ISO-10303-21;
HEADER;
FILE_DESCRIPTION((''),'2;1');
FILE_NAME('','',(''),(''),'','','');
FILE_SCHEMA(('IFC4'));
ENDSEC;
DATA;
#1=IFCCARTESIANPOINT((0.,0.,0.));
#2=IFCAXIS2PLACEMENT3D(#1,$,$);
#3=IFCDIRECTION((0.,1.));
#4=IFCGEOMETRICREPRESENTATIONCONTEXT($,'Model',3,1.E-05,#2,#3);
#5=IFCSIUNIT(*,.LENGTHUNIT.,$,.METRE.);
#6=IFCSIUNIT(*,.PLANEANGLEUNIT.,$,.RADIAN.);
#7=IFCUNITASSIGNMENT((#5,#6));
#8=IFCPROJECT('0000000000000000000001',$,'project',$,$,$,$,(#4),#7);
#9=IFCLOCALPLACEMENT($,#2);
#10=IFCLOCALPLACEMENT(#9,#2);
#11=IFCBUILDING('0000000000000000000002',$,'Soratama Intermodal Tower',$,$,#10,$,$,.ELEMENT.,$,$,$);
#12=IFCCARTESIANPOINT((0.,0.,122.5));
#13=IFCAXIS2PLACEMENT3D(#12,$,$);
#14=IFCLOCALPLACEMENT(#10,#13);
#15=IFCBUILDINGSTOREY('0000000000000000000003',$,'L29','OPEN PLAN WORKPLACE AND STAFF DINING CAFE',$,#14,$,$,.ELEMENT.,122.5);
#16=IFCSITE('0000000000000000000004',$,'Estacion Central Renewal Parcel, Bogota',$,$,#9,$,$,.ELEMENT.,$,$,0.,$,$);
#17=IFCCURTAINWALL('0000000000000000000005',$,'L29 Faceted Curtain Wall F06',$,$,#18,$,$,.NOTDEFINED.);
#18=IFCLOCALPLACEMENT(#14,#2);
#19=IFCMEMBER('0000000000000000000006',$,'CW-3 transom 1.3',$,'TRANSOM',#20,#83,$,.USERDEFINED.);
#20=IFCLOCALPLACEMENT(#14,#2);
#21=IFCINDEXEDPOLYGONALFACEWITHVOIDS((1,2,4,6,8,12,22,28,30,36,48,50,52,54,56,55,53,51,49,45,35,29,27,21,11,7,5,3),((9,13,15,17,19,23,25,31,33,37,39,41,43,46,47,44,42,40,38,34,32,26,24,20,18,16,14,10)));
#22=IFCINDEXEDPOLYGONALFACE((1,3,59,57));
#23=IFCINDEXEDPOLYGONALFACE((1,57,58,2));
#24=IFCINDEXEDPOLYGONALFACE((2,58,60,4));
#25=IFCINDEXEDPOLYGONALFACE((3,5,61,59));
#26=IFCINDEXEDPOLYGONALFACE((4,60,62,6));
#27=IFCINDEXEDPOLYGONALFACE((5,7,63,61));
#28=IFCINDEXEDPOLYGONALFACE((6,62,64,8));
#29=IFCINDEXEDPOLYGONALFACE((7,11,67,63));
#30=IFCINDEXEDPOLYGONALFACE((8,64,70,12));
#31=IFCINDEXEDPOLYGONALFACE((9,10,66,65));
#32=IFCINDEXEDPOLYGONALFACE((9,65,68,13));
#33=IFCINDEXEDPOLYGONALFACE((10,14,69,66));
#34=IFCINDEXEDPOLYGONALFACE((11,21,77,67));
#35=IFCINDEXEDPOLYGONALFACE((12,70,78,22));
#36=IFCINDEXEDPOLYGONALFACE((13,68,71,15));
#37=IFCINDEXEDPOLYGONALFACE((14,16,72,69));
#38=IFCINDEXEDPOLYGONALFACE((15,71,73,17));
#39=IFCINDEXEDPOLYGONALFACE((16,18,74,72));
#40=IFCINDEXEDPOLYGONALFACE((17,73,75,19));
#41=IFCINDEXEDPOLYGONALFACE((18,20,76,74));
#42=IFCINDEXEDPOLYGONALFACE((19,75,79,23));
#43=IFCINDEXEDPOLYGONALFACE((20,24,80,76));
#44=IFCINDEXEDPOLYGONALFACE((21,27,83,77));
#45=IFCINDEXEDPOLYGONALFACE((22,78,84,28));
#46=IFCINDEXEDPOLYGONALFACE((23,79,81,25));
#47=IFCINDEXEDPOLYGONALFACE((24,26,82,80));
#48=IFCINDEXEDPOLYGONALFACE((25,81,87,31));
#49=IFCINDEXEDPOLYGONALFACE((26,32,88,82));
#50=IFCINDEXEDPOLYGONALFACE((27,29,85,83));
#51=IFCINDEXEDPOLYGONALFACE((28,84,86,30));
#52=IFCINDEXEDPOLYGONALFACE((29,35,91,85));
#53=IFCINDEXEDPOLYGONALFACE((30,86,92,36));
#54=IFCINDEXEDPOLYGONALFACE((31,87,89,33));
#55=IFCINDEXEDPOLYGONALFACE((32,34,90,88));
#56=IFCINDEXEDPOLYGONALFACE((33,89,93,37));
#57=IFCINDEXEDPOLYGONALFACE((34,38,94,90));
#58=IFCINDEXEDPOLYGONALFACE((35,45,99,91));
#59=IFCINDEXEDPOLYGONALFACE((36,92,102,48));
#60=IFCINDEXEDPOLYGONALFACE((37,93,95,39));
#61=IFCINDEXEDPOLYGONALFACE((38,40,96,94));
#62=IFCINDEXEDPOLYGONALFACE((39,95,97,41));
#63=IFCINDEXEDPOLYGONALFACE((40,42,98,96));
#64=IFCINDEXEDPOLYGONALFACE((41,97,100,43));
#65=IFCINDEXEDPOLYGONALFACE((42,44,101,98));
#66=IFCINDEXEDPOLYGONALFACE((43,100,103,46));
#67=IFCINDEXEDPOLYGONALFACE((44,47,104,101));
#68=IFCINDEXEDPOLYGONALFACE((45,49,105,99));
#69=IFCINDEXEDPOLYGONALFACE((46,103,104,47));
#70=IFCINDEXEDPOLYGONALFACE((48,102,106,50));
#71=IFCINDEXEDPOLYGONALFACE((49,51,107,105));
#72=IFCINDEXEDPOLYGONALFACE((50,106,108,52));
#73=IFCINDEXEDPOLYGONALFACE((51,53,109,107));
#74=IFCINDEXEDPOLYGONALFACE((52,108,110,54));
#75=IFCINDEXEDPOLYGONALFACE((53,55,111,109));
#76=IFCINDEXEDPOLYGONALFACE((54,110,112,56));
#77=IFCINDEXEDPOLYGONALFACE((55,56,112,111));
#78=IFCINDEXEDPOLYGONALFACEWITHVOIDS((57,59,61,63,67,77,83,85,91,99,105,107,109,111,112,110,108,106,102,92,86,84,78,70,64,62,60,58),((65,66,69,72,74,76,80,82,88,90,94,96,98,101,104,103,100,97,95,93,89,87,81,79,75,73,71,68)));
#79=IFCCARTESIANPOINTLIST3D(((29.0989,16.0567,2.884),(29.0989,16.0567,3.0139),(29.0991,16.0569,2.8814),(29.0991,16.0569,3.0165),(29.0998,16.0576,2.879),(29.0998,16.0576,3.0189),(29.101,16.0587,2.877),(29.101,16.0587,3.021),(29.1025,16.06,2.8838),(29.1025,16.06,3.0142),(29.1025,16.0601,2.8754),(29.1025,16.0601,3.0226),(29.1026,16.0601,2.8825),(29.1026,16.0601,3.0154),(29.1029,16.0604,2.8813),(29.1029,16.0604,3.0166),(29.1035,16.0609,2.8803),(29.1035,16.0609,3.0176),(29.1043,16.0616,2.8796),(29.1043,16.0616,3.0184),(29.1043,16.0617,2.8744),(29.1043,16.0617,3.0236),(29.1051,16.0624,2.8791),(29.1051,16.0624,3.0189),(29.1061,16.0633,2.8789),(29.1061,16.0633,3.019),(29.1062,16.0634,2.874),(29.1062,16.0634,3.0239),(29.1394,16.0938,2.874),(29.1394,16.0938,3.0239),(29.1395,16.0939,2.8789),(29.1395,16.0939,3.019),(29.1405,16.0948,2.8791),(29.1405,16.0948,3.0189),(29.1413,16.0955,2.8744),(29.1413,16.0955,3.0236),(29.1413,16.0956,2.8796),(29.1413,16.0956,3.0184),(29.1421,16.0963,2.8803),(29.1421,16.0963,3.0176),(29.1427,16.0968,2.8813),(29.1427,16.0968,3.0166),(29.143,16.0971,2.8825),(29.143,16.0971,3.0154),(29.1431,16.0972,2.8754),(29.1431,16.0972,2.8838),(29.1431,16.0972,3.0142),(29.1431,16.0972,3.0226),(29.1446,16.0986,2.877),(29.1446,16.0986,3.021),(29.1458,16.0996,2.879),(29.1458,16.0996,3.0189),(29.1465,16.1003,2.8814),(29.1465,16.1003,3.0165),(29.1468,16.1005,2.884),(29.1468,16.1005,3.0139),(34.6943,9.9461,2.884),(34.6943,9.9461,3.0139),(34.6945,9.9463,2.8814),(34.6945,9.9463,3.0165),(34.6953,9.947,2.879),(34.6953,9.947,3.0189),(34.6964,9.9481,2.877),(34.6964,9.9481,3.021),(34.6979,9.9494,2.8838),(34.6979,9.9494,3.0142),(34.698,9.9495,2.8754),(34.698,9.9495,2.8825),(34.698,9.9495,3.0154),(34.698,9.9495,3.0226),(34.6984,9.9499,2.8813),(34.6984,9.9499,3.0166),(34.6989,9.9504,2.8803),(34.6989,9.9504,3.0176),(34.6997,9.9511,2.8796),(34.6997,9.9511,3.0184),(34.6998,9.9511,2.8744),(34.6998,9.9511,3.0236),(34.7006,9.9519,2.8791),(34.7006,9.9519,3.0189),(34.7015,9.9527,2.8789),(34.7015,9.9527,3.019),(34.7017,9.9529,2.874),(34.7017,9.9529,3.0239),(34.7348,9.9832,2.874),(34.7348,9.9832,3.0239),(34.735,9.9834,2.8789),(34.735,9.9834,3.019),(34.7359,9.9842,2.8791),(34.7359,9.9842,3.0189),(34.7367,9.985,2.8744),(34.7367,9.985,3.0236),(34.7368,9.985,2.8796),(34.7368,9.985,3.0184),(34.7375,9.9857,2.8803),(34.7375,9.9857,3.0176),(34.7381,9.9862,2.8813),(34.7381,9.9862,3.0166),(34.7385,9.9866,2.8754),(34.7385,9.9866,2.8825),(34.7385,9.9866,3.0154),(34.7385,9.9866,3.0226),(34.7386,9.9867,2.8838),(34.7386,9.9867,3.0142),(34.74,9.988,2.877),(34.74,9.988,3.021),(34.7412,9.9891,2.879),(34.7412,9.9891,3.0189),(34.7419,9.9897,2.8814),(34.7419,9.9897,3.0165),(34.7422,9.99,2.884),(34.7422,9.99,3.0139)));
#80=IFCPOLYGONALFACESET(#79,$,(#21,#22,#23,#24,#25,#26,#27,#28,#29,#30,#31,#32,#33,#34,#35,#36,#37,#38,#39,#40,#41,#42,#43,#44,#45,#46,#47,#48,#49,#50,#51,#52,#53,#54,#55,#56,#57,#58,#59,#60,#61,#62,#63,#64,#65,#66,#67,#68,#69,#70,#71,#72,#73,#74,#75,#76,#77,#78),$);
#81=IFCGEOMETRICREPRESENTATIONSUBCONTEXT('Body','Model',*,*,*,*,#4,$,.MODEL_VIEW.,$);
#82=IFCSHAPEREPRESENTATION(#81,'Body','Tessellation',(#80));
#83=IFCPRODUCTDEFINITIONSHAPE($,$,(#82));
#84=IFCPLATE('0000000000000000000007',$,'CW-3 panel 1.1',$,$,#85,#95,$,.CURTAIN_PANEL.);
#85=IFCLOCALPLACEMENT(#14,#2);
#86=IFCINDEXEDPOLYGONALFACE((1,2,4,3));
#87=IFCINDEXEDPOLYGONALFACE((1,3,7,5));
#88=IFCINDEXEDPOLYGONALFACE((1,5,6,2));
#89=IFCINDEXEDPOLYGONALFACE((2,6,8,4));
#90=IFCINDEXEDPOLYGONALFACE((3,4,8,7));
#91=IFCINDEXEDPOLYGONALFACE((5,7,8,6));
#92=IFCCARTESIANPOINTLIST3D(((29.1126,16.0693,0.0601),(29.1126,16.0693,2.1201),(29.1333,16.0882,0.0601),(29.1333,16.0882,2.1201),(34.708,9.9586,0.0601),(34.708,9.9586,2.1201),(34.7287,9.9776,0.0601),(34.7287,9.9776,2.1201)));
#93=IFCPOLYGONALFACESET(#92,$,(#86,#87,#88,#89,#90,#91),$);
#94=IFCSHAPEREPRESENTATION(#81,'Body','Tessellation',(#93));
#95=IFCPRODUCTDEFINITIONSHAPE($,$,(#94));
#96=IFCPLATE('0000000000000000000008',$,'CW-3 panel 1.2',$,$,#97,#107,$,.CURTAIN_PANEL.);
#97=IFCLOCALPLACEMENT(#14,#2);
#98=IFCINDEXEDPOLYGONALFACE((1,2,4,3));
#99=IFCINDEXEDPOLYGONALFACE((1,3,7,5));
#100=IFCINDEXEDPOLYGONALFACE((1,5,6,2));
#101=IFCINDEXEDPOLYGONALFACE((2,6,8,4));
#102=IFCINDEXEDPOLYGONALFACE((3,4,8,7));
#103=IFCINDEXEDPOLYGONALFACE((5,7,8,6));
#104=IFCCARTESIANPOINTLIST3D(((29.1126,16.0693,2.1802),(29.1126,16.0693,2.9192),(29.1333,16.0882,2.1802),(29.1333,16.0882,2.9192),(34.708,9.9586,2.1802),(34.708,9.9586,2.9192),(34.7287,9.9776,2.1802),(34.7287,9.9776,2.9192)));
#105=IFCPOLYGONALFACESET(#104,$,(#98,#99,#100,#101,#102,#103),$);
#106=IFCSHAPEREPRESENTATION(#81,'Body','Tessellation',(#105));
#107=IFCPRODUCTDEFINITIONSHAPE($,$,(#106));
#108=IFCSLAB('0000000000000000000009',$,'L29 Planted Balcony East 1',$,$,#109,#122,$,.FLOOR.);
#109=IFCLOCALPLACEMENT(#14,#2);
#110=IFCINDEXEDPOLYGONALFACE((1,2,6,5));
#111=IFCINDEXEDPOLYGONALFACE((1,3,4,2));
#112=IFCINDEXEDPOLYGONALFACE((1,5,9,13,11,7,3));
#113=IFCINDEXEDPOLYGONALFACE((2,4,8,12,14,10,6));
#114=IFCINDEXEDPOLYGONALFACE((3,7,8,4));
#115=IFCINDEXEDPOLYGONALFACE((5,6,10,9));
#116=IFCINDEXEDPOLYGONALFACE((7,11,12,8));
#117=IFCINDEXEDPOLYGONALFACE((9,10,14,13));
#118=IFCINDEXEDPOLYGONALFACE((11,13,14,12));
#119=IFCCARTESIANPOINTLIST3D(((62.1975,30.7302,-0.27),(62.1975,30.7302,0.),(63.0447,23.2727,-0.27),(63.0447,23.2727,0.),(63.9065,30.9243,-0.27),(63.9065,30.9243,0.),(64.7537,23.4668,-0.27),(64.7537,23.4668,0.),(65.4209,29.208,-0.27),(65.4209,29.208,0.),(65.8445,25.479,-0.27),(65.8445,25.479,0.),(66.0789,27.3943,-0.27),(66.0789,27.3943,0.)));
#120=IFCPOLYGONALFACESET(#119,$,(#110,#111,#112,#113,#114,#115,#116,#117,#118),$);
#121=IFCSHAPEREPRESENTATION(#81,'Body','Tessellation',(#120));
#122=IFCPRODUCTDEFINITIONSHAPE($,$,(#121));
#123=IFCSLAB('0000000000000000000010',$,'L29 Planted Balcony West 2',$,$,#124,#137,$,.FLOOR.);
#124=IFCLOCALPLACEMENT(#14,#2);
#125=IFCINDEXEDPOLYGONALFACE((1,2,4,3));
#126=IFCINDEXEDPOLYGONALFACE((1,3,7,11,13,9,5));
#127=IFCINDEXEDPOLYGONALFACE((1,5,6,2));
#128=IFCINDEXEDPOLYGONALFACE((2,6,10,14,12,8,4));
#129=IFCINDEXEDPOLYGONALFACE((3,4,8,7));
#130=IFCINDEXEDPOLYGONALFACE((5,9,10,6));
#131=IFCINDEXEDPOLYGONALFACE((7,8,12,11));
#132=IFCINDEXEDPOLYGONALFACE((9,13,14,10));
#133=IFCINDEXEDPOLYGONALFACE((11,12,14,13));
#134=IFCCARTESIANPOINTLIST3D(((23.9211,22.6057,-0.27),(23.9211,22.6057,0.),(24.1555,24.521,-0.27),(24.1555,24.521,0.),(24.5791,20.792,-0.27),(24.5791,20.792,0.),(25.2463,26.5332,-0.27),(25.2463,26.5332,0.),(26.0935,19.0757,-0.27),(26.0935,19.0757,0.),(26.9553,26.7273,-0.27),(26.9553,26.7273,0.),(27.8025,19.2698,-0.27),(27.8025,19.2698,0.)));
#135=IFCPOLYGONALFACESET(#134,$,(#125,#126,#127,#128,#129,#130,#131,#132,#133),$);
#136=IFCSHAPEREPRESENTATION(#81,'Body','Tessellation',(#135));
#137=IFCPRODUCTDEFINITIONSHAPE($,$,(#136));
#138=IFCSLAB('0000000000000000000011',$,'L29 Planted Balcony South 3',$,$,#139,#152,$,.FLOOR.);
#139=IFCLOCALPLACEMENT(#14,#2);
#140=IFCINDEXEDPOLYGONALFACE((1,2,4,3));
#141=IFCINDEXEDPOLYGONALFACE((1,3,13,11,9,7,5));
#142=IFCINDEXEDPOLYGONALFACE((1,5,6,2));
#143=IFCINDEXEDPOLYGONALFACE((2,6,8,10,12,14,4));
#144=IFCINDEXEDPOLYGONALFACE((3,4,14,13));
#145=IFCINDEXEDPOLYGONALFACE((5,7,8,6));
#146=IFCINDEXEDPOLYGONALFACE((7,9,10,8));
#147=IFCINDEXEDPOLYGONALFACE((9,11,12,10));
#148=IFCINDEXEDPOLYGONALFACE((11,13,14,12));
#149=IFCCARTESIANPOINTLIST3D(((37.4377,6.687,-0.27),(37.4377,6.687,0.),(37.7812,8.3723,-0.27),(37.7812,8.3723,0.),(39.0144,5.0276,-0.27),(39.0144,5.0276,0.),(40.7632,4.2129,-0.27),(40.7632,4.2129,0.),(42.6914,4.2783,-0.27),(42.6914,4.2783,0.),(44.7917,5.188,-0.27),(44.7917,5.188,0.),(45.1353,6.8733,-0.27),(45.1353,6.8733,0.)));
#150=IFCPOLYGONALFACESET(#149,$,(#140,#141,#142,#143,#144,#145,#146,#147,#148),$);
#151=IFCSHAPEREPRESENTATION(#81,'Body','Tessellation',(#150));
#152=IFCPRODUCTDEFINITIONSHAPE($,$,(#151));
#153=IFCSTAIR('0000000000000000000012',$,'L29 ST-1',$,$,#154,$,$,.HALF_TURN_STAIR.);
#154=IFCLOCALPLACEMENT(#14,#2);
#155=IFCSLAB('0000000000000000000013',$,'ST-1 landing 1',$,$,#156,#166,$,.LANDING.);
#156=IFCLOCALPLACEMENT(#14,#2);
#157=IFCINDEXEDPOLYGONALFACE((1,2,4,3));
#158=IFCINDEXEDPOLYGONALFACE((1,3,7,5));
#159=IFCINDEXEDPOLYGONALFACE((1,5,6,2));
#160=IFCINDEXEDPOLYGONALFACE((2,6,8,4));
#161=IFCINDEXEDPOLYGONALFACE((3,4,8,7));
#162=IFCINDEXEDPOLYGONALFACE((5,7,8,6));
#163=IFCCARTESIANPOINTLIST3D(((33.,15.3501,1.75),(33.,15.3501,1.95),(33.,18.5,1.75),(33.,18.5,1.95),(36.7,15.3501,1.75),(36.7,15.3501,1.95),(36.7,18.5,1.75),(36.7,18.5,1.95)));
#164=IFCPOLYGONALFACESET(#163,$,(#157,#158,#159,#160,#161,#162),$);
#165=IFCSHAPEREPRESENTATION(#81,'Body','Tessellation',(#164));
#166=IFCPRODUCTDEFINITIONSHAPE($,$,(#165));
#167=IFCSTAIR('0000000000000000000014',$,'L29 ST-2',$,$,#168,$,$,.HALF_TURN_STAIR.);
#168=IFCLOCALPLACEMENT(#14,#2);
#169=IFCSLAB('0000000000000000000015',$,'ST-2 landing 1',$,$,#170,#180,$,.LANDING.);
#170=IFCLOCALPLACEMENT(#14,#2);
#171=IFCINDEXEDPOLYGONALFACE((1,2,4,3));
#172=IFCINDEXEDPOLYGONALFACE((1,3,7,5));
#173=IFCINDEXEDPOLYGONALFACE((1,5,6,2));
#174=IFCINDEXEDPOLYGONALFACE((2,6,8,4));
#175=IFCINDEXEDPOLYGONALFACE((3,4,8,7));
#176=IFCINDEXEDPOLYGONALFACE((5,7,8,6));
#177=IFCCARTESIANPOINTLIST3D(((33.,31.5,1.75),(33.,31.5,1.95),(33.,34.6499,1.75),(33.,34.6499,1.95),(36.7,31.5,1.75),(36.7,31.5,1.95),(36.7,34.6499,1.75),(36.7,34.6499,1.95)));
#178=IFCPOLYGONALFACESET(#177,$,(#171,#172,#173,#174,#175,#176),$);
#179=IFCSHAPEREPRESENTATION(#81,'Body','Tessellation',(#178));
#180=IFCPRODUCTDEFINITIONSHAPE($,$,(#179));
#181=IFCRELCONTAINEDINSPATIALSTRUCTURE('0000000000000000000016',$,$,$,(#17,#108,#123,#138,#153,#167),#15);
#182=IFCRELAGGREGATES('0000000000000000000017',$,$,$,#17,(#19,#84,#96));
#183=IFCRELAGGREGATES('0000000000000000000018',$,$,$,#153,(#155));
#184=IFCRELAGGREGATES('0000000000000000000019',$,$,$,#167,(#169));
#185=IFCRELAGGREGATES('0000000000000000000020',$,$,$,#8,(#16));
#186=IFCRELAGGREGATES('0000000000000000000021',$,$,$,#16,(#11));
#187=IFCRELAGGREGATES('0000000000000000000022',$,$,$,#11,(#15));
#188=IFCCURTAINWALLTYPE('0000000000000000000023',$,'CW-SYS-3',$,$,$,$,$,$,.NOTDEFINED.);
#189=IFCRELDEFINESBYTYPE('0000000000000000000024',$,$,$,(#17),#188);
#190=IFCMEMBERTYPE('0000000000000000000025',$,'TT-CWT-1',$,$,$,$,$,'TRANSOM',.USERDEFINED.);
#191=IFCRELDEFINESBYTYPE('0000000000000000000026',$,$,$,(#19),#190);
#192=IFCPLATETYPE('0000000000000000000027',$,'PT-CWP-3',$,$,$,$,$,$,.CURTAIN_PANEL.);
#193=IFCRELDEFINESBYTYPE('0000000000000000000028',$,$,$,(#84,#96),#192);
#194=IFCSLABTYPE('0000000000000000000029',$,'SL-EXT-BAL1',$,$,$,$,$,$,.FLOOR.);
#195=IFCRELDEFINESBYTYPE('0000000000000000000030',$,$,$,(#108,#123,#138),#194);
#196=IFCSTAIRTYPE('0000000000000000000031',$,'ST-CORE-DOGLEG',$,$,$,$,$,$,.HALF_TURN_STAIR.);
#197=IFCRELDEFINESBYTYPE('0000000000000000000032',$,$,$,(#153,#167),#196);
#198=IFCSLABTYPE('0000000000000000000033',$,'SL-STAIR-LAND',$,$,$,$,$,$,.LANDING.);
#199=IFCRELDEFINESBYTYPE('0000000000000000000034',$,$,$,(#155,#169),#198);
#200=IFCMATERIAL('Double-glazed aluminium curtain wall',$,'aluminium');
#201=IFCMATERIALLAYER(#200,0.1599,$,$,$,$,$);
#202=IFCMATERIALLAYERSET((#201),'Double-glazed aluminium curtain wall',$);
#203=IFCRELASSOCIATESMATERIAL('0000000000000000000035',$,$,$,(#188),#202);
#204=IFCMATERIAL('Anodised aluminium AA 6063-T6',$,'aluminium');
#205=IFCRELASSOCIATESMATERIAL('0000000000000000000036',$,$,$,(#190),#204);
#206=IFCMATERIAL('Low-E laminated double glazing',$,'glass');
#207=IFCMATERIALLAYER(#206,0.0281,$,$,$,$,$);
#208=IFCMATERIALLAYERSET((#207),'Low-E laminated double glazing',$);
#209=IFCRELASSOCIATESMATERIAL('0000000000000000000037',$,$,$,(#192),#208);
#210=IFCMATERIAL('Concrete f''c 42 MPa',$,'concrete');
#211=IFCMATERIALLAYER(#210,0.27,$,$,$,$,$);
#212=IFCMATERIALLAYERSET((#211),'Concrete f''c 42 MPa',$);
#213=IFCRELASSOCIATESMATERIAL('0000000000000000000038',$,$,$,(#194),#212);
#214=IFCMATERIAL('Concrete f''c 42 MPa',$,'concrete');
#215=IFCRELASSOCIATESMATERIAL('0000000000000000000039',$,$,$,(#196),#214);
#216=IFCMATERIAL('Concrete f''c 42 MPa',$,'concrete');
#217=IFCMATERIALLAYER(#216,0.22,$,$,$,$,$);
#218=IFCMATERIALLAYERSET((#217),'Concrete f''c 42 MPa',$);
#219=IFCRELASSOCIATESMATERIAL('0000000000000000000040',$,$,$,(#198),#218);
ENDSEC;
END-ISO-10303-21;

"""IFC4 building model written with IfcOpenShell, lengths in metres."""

from ifc_helpers import new_model, si_unit, direction, frame, origin, origin_2d, place, context, subcontext, project, spatial, polyline, rectangle, hollow_rectangle, outline, extrude, material, layer, layer_set, material_profile, profile_set, type_object, element, aggregate, save


model = new_model("IFC4")

# Units and contexts
model_context = context("Model", 3, precision=1e-05, world=origin(), true_north=direction((0.0, 1.0)))
body_context = subcontext(model_context, "Body", "Model", "MODEL_VIEW")
ifc_project = project(units=[si_unit("LENGTHUNIT", "METRE"), si_unit("PLANEANGLEUNIT", "RADIAN")], contexts=[model_context])

# Site, building, storey
site_placement = place(None, origin())
site = spatial("IfcSite", under=ifc_project, at=site_placement, Name="Estacion Central Renewal Parcel, Bogota", CompositionType="ELEMENT", RefElevation=0.0)
building_placement = place(site_placement, origin())
building = spatial("IfcBuilding", under=site, at=building_placement, Name="Soratama Intermodal Tower", CompositionType="ELEMENT")
storey_placement = place(building_placement, frame((0.0, 0.0, 122.5)))
storey = spatial("IfcBuildingStorey", under=building, at=storey_placement, Name="L29", Description="OPEN PLAN WORKPLACE AND STAFF DINING CAFE", CompositionType="ELEMENT", Elevation=122.5)

# Curtain wall, member, plates
ifc_material_1 = material(Name="Double-glazed aluminium curtain wall", Category="aluminium")
ifc_layer_1 = layer(ifc_material_1, 0.1599)
ifc_layer_set_1 = layer_set([ifc_layer_1], Name="Double-glazed aluminium curtain wall")
curtain_wall_type = type_object("IfcCurtainWallType", Name="CW-SYS-3", PredefinedType="NOTDEFINED", material=ifc_layer_set_1)
curtain_wall_placement = place(storey_placement, origin())
curtain_wall = element("IfcCurtainWall", 1, at=curtain_wall_placement, inside=storey, type_object=curtain_wall_type, Name="L29 Faceted Curtain Wall F06", PredefinedType="NOTDEFINED")
ifc_material_2 = material(Name="Anodised aluminium AA 6063-T6", Category="aluminium")
ifc_material_profile_1 = material_profile(ifc_material_2, hollow_rectangle(XDim=0.0649, YDim=0.1499, WallThickness=0.0049, InnerFilletRadius=0.0049, OuterFilletRadius=0.01, at=origin_2d()), Name="CWT150X65X5")
ifc_profile_set_1 = profile_set([ifc_material_profile_1], Name="Anodised aluminium AA 6063-T6")
member_type_1 = type_object("IfcMemberType", Name="TT-CWT-1", ElementType="TRANSOM", PredefinedType="USERDEFINED", material=ifc_profile_set_1)
member_1_placement = place(storey_placement, frame((29.1228, 16.0786, 2.949), z_axis=(0.675336, -0.73751, 0.0), x_axis=(0.73751, 0.675336, 0.0)))
member_1 = element("IfcMember", 2, at=member_1_placement, type_object=member_type_1, Name="CW-3 transom 1.3", ObjectType="TRANSOM", PredefinedType="USERDEFINED", context=body_context, shape_type="SweptSolid", body=[
    extrude(hollow_rectangle(XDim=0.0649, YDim=0.1499, WallThickness=0.0049, InnerFilletRadius=0.0049, OuterFilletRadius=0.01, at=origin_2d()), origin(), (0.0, 0.0, 1.0), 8.2854),
])
ifc_material_3 = material(Name="Low-E laminated double glazing", Category="glass")
ifc_layer_2 = layer(ifc_material_3, 0.0281)
ifc_layer_set_2 = layer_set([ifc_layer_2], Name="Low-E laminated double glazing")
plate_type = type_object("IfcPlateType", Name="PT-CWP-3", PredefinedType="CURTAIN_PANEL", material=ifc_layer_set_2)
plate_1_placement = place(storey_placement, frame((31.9207, 13.0234, 0.0601), z_axis=(0.0, 0.0, 1.0), x_axis=(0.67533, -0.737516, 0.0)))
plate_1 = element("IfcPlate", 3, at=plate_1_placement, type_object=plate_type, Name="CW-3 panel 1.1", PredefinedType="CURTAIN_PANEL", context=body_context, shape_type="SweptSolid", body=[
    extrude(rectangle(XDim=8.2854, YDim=0.0281, at=origin_2d()), origin(), (0.0, 0.0, 1.0), 2.0601),
])
plate_2_placement = place(storey_placement, frame((31.9207, 13.0234, 2.1802), z_axis=(0.0, 0.0, 1.0), x_axis=(0.67533, -0.737516, 0.0)))
plate_2 = element("IfcPlate", 4, at=plate_2_placement, type_object=plate_type, Name="CW-3 panel 1.2", PredefinedType="CURTAIN_PANEL", context=body_context, shape_type="SweptSolid", body=[
    extrude(rectangle(XDim=8.2854, YDim=0.0281, at=origin_2d()), origin(), (0.0, 0.0, 1.0), 0.739),
])
aggregate(curtain_wall, [member_1, plate_1, plate_2])

# Slabs
ifc_material_4 = material(Name="Concrete f'c 42 MPa", Category="concrete")
ifc_layer_3 = layer(ifc_material_4, 0.27)
ifc_layer_set_3 = layer_set([ifc_layer_3], Name="Concrete f'c 42 MPa")
slab_type_1 = type_object("IfcSlabType", Name="SL-EXT-BAL1", PredefinedType="FLOOR", material=ifc_layer_set_3)
slab_1_placement = place(storey_placement, frame((0.0, 0.0, -0.27)))
element("IfcSlab", 5, at=slab_1_placement, inside=storey, type_object=slab_type_1, Name="L29 Planted Balcony East 1", PredefinedType="FLOOR", context=body_context, shape_type="SweptSolid", body=[
    extrude(outline(polyline([(63.0447, 23.2727), (62.1975, 30.7302), (63.9065, 30.9243), (65.4209, 29.208), (66.0789, 27.3943), (65.8445, 25.479), (64.7537, 23.4668), (63.0447, 23.2727)])), origin(), (0.0, 0.0, 1.0), 0.27),
])
slab_2_placement = place(storey_placement, frame((0.0, 0.0, -0.27)))
element("IfcSlab", 6, at=slab_2_placement, inside=storey, type_object=slab_type_1, Name="L29 Planted Balcony West 2", PredefinedType="FLOOR", context=body_context, shape_type="SweptSolid", body=[
    extrude(outline(polyline([(26.9553, 26.7273), (27.8025, 19.2698), (26.0935, 19.0757), (24.5791, 20.792), (23.9211, 22.6057), (24.1555, 24.521), (25.2463, 26.5332), (26.9553, 26.7273)])), origin(), (0.0, 0.0, 1.0), 0.27),
])
slab_3_placement = place(storey_placement, frame((0.0, 0.0, -0.27)))
element("IfcSlab", 7, at=slab_3_placement, inside=storey, type_object=slab_type_1, Name="L29 Planted Balcony South 3", PredefinedType="FLOOR", context=body_context, shape_type="SweptSolid", body=[
    extrude(outline(polyline([(37.7812, 8.3723), (45.1353, 6.8733), (44.7917, 5.188), (42.6914, 4.2783), (40.7632, 4.2129), (39.0144, 5.0276), (37.4377, 6.687), (37.7812, 8.3723)])), origin(), (0.0, 0.0, 1.0), 0.27),
])

# Stairs, slabs
ifc_material_5 = material(Name="Concrete f'c 42 MPa", Category="concrete")
stair_type = type_object("IfcStairType", Name="ST-CORE-DOGLEG", PredefinedType="HALF_TURN_STAIR", material=ifc_material_5)
stair_1_placement = place(storey_placement, origin())
stair_1 = element("IfcStair", 8, at=stair_1_placement, inside=storey, type_object=stair_type, Name="L29 ST-1", PredefinedType="HALF_TURN_STAIR")
ifc_material_6 = material(Name="Concrete f'c 42 MPa", Category="concrete")
ifc_layer_4 = layer(ifc_material_6, 0.22)
ifc_layer_set_4 = layer_set([ifc_layer_4], Name="Concrete f'c 42 MPa")
slab_type_2 = type_object("IfcSlabType", Name="SL-STAIR-LAND", PredefinedType="LANDING", material=ifc_layer_set_4)
slab_4_placement = place(storey_placement, frame((0.0, 0.0, 1.75)))
slab_4 = element("IfcSlab", 9, at=slab_4_placement, type_object=slab_type_2, Name="ST-1 landing 1", PredefinedType="LANDING", context=body_context, shape_type="SweptSolid", body=[
    extrude(outline(polyline([(36.7, 18.5), (33.0, 18.5), (33.0, 15.3501), (36.7, 15.3501), (36.7, 18.5)])), origin(), (0.0, 0.0, 1.0), 0.2),
])
aggregate(stair_1, [slab_4])
stair_2_placement = place(storey_placement, origin())
stair_2 = element("IfcStair", 10, at=stair_2_placement, inside=storey, type_object=stair_type, Name="L29 ST-2", PredefinedType="HALF_TURN_STAIR")
slab_5_placement = place(storey_placement, frame((0.0, 0.0, 1.75)))
slab_5 = element("IfcSlab", 11, at=slab_5_placement, type_object=slab_type_2, Name="ST-2 landing 1", PredefinedType="LANDING", context=body_context, shape_type="SweptSolid", body=[
    extrude(outline(polyline([(36.7, 34.6499), (33.0, 34.6499), (33.0, 31.5), (36.7, 31.5), (36.7, 34.6499)])), origin(), (0.0, 0.0, 1.0), 0.2),
])
aggregate(stair_2, [slab_5])

save(model, "model.ifc")
